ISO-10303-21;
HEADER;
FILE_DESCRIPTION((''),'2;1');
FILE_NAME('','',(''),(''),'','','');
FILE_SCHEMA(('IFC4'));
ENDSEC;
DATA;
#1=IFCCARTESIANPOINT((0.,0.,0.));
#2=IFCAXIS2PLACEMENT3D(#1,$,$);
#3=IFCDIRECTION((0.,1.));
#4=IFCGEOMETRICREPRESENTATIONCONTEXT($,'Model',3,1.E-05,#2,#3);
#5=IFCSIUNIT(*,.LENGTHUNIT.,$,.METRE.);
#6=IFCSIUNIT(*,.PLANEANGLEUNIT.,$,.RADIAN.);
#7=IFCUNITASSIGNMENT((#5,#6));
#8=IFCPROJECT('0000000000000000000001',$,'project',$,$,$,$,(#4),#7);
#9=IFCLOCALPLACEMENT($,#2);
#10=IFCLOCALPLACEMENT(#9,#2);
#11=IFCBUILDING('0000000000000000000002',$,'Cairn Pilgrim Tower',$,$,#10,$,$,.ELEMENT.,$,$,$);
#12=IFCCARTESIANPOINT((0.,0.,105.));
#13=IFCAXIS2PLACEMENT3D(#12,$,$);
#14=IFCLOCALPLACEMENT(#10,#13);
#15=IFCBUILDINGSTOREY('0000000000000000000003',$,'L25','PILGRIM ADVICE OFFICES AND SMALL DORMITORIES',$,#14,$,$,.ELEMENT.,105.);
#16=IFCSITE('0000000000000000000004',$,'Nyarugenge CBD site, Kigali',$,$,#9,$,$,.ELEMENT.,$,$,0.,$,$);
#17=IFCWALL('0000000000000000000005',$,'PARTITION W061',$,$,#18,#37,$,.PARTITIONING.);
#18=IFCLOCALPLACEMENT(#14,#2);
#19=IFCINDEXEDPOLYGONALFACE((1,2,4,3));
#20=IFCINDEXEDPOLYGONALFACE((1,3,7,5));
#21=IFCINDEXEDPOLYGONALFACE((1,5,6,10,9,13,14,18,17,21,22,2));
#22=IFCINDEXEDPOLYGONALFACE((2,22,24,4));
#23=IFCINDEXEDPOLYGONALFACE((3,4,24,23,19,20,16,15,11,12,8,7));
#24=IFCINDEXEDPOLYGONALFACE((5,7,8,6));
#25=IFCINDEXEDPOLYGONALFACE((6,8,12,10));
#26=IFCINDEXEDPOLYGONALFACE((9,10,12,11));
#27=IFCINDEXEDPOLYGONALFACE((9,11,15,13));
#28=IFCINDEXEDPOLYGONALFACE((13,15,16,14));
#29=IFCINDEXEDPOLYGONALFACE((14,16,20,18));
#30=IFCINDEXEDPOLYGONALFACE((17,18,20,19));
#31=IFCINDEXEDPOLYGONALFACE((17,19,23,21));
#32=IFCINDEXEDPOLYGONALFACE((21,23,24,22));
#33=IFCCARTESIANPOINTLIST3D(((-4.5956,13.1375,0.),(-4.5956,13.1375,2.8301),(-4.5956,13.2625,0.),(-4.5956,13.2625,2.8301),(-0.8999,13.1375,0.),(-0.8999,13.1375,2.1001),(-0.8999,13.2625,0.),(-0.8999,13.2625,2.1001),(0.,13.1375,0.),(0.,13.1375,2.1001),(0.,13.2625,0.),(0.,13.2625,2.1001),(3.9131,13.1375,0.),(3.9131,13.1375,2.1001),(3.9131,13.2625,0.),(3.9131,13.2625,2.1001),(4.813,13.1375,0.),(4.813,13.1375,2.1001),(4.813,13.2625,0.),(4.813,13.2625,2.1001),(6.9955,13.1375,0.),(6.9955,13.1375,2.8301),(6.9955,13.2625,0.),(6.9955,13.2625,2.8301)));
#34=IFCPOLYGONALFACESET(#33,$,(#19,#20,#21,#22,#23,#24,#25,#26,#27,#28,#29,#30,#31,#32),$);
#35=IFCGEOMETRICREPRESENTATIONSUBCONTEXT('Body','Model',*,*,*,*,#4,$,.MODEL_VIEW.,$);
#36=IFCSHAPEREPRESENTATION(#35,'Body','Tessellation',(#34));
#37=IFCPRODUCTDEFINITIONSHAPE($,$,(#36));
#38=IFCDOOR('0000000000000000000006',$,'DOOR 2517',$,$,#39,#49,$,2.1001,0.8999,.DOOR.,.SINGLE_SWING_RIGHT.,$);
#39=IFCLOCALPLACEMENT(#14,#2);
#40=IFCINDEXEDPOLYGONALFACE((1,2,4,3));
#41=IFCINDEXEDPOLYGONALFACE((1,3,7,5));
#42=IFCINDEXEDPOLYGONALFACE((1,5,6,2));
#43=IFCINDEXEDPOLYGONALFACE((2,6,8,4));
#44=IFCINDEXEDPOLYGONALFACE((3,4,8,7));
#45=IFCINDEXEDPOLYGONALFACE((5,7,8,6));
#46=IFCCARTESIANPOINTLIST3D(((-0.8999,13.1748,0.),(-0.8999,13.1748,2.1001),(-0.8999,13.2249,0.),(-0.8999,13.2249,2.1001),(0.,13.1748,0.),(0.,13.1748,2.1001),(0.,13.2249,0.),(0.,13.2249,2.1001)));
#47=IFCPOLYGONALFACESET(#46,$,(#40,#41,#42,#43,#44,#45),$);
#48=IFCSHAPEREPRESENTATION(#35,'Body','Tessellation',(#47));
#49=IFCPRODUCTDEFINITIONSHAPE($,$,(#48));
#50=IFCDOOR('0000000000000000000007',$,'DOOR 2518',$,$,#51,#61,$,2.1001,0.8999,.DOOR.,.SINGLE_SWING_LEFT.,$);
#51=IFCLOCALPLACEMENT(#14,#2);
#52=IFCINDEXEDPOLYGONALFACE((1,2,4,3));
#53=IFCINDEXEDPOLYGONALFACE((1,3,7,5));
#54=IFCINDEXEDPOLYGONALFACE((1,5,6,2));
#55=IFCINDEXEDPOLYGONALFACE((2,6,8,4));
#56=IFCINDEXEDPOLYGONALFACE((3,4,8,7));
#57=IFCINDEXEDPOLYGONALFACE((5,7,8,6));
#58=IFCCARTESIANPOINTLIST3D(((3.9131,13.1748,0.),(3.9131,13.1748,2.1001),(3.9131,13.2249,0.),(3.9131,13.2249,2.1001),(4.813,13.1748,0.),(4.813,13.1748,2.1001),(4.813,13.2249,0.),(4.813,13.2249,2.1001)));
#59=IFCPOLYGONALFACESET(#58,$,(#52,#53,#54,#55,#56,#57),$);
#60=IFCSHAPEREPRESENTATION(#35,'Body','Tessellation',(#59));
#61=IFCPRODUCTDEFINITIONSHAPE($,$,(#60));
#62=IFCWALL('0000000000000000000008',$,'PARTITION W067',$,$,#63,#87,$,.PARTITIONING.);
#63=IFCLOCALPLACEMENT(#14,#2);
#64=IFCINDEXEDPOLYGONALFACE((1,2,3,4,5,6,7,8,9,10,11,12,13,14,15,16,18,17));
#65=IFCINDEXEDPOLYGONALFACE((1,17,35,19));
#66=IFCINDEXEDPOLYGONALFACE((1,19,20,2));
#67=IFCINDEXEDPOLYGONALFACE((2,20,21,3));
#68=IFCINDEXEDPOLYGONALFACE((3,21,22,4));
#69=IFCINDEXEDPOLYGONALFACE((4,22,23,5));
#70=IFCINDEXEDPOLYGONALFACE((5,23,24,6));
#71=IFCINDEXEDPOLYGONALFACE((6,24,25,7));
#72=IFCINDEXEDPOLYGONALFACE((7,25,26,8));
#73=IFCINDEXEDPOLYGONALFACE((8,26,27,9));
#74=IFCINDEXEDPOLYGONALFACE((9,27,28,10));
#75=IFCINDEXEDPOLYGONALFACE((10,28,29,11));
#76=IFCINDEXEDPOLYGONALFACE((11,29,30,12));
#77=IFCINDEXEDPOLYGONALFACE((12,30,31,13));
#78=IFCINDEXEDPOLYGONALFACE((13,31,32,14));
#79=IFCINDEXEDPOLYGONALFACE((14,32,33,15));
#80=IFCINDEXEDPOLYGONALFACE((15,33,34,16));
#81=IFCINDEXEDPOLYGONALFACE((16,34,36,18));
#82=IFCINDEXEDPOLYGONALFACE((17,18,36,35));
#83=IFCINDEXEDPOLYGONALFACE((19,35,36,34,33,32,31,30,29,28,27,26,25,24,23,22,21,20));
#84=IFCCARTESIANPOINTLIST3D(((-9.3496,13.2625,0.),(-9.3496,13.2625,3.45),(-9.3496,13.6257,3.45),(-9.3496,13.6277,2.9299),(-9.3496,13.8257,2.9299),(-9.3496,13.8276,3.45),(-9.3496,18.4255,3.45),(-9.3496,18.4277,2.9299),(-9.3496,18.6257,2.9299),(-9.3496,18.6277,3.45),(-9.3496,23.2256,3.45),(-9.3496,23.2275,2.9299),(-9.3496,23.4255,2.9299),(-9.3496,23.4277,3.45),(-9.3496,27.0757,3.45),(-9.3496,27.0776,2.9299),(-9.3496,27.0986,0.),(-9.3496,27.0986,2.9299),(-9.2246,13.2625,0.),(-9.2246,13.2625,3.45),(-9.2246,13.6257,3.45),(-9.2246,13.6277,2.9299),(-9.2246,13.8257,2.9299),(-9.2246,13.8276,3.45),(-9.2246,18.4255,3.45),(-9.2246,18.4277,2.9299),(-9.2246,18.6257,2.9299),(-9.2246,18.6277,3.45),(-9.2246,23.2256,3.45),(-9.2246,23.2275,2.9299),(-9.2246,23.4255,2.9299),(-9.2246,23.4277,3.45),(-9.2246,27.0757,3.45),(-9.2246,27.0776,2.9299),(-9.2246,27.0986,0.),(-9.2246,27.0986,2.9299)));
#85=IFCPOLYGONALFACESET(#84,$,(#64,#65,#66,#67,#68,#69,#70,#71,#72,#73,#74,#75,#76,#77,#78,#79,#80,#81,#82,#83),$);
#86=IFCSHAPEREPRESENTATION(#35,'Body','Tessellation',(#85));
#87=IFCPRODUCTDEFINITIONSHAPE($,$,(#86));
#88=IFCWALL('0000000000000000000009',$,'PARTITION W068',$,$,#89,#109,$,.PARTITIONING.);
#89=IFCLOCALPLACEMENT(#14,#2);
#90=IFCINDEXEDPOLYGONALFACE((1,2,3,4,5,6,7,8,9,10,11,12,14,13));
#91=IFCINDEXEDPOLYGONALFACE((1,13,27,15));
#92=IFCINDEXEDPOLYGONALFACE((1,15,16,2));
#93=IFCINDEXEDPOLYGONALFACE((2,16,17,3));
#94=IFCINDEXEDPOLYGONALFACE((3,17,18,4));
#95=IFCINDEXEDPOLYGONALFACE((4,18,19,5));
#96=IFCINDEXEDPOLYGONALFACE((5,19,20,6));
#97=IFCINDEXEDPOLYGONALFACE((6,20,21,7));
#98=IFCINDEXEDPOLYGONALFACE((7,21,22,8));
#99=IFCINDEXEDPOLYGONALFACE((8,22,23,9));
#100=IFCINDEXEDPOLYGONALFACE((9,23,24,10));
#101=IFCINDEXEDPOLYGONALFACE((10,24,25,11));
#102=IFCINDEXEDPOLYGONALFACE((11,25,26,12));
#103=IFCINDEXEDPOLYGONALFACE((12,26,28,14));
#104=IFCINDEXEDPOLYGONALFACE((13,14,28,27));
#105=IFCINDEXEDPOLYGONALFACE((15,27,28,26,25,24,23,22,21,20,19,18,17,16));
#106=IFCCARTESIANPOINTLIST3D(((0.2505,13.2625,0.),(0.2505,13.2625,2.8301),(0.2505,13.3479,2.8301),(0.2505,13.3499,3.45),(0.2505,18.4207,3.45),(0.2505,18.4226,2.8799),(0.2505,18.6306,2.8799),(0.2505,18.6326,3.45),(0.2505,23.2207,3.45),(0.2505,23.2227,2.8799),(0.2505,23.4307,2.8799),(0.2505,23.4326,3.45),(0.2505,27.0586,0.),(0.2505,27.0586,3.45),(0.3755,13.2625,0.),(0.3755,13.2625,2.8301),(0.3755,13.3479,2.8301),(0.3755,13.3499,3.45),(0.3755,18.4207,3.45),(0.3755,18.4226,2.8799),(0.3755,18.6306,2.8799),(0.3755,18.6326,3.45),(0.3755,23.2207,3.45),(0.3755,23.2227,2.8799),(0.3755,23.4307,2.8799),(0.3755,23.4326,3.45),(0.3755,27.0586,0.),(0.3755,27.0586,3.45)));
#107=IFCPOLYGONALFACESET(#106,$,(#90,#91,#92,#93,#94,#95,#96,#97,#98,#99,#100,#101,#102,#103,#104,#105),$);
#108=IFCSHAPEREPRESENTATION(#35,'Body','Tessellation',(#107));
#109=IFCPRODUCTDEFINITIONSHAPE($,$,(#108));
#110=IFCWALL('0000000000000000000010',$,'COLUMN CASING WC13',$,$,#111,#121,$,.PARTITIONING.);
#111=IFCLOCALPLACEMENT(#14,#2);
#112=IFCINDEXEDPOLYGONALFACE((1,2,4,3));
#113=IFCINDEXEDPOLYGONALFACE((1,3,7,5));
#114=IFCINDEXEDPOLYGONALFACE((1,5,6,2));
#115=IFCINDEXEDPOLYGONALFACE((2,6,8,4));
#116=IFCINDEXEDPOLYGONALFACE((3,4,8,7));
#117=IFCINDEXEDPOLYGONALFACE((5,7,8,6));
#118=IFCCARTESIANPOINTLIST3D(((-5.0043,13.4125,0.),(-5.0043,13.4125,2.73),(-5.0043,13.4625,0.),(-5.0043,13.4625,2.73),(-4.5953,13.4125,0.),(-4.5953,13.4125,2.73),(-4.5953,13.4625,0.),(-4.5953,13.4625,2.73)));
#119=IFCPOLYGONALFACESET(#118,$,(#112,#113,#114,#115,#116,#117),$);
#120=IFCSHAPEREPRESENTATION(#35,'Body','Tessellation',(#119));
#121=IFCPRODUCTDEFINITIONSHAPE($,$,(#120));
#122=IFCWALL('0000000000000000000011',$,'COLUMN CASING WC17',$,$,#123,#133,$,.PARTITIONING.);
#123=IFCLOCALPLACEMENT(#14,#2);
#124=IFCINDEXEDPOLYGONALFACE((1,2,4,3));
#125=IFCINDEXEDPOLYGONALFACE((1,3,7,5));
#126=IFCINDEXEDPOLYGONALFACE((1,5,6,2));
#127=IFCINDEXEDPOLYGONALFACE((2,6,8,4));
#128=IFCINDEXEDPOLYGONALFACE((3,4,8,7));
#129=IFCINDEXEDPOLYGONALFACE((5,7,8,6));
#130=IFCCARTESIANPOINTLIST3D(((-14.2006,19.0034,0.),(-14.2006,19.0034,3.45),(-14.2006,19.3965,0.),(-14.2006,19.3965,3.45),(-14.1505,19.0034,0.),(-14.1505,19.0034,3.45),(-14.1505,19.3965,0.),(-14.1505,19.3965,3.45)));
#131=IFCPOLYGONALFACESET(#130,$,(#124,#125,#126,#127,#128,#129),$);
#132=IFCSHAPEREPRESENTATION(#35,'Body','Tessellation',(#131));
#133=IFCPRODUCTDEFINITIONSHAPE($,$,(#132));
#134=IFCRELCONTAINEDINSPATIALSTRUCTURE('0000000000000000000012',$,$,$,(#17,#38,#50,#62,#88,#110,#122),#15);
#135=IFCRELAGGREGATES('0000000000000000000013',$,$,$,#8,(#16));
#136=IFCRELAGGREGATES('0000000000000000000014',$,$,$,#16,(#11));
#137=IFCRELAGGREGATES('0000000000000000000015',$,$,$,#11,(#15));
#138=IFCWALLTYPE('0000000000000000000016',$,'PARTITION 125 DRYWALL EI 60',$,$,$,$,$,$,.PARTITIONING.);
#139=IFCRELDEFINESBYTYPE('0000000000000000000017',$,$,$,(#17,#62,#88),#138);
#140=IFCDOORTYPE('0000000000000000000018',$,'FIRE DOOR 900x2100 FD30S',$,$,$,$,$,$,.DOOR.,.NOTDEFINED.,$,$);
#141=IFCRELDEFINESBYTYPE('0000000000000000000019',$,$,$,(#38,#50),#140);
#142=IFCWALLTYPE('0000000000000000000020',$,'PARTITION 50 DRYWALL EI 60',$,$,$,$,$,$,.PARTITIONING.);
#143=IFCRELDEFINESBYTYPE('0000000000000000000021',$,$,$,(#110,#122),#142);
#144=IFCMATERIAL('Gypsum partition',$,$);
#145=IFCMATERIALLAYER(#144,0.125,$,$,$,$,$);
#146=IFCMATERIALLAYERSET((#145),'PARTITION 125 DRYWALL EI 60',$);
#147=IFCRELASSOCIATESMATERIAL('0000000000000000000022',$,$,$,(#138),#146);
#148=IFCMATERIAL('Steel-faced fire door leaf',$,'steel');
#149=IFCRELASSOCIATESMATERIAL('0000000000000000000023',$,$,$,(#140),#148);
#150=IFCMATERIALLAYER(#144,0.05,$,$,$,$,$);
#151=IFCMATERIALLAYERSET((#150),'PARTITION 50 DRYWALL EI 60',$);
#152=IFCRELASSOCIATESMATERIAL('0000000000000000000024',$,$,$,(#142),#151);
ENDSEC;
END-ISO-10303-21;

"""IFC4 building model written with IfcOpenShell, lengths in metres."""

from ifc_helpers import new_model, si_unit, direction, frame, frame_2d, origin, place, context, subcontext, project, spatial, polyline, rectangle, outline, extrude, material, layer, layer_set, type_object, element, fill, save


model = new_model("IFC4")

# Units and contexts
model_context = context("Model", 3, precision=1e-05, world=origin(), true_north=direction((0.0, 1.0)))
body_context = subcontext(model_context, "Body", "Model", "MODEL_VIEW")
ifc_project = project(units=[si_unit("LENGTHUNIT", "METRE"), si_unit("PLANEANGLEUNIT", "RADIAN")], contexts=[model_context])

# Site, building, storey
site_placement = place(None, origin())
site = spatial("IfcSite", under=ifc_project, at=site_placement, Name="Nyarugenge CBD site, Kigali", CompositionType="ELEMENT", RefElevation=0.0)
building_placement = place(site_placement, origin())
building = spatial("IfcBuilding", under=site, at=building_placement, Name="Cairn Pilgrim Tower", CompositionType="ELEMENT")
storey_placement = place(building_placement, frame((0.0, 0.0, 105.0)))
storey = spatial("IfcBuildingStorey", under=building, at=storey_placement, Name="L25", Description="PILGRIM ADVICE OFFICES AND SMALL DORMITORIES", CompositionType="ELEMENT", Elevation=105.0)

# Wall, openings, doors
ifc_material_1 = material(Name="Gypsum partition")
ifc_layer_1 = layer(ifc_material_1, 0.125)
ifc_layer_set_1 = layer_set([ifc_layer_1], Name="PARTITION 125 DRYWALL EI 60")
wall_type_1 = type_object("IfcWallType", Name="PARTITION 125 DRYWALL EI 60", PredefinedType="PARTITIONING", material=ifc_layer_set_1)
wall_1_placement = place(storey_placement, frame((-4.5955, 13.2, 0.0), z_axis=(0.0, 0.0, 1.0), x_axis=(1.0, 0.0, 0.0)))
wall_1 = element("IfcWall", 1, at=wall_1_placement, inside=storey, type_object=wall_type_1, Name="PARTITION W061", PredefinedType="PARTITIONING", context=body_context, shape_type="SweptSolid", body=[
    extrude(rectangle(XDim=11.5911, YDim=0.125, at=frame_2d((5.7954, 0.0))), origin(), (0.0, 0.0, 1.0), 2.8301),
])
opening_1_placement = place(wall_1_placement, frame((3.6956, 0.0, 0.0)))
opening_1 = element("IfcOpeningElement", 2, at=opening_1_placement, cuts=wall_1, PredefinedType="OPENING", context=body_context, shape_type="SweptSolid", body=[
    extrude(rectangle(XDim=0.8999, YDim=2.1001, at=frame_2d((0.45, 1.05))), frame((0.0, 0.0725, 0.0), z_axis=(0.0, -1.0, 0.0), x_axis=(1.0, 0.0, 0.0)), (0.0, 0.0, 1.0), 0.145),
])
opening_2_placement = place(wall_1_placement, frame((8.5085, 0.0, 0.0)))
opening_2 = element("IfcOpeningElement", 3, at=opening_2_placement, cuts=wall_1, PredefinedType="OPENING", context=body_context, shape_type="SweptSolid", body=[
    extrude(rectangle(XDim=0.8999, YDim=2.1001, at=frame_2d((0.45, 1.05))), frame((0.0, 0.0725, 0.0), z_axis=(0.0, -1.0, 0.0), x_axis=(1.0, 0.0, 0.0)), (0.0, 0.0, 1.0), 0.145),
])
ifc_material_2 = material(Name="Steel-faced fire door leaf", Category="steel")
door_type = type_object("IfcDoorType", Name="FIRE DOOR 900x2100 FD30S", OperationType="NOTDEFINED", PredefinedType="DOOR", material=ifc_material_2)
door_1_placement = place(opening_1_placement, origin())
door_1 = element("IfcDoor", 4, at=door_1_placement, inside=storey, type_object=door_type, Name="DOOR 2517", OperationType="SINGLE_SWING_RIGHT", OverallHeight=2.1001, OverallWidth=0.8999, PredefinedType="DOOR", context=body_context, shape_type="SweptSolid", body=[
    extrude(rectangle(XDim=0.8999, YDim=2.1001, at=frame_2d((0.45, 1.05))), frame((0.0, 0.0249, 0.0), z_axis=(0.0, -1.0, 0.0), x_axis=(1.0, 0.0, 0.0)), (0.0, 0.0, 1.0), 0.05),
])
fill(opening_1, door_1)
door_2_placement = place(opening_2_placement, origin())
door_2 = element("IfcDoor", 5, at=door_2_placement, inside=storey, type_object=door_type, Name="DOOR 2518", OperationType="SINGLE_SWING_LEFT", OverallHeight=2.1001, OverallWidth=0.8999, PredefinedType="DOOR", context=body_context, shape_type="SweptSolid", body=[
    extrude(rectangle(XDim=0.8999, YDim=2.1001, at=frame_2d((0.45, 1.05))), frame((0.0, 0.0249, 0.0), z_axis=(0.0, -1.0, 0.0), x_axis=(1.0, 0.0, 0.0)), (0.0, 0.0, 1.0), 0.05),
])
fill(opening_2, door_2)

# Walls
wall_2_placement = place(storey_placement, frame((-9.2871, 13.2625, 0.0), z_axis=(0.0, 0.0, 1.0), x_axis=(0.0, 1.0, 0.0)))
element("IfcWall", 6, at=wall_2_placement, inside=storey, type_object=wall_type_1, Name="PARTITION W067", PredefinedType="PARTITIONING", context=body_context, shape_type="SweptSolid", body=[
    extrude(outline(polyline([(0.0, 0.0), (13.8362, 0.0), (13.8362, 2.9299), (13.8152, 2.9299), (13.8132, 3.45), (10.1653, 3.45), (10.1631, 2.9299), (9.9651, 2.9299), (9.9631, 3.45), (5.3652, 3.45), (5.3633, 2.9299), (5.1653, 2.9299), (5.1631, 3.45), (0.5652, 3.45), (0.5632, 2.9299), (0.3652, 2.9299), (0.3633, 3.45), (0.0, 3.45), (0.0, 0.0)])), frame((0.0, 0.0625, 0.0), z_axis=(0.0, -1.0, 0.0), x_axis=(1.0, 0.0, 0.0)), (0.0, 0.0, 1.0), 0.125),
])
wall_3_placement = place(storey_placement, frame((0.313, 13.2625, 0.0), z_axis=(0.0, 0.0, 1.0), x_axis=(0.0, 1.0, 0.0)))
element("IfcWall", 7, at=wall_3_placement, inside=storey, type_object=wall_type_1, Name="PARTITION W068", PredefinedType="PARTITIONING", context=body_context, shape_type="SweptSolid", body=[
    extrude(outline(polyline([(0.0, 0.0), (13.7961, 0.0), (13.7961, 3.45), (10.1702, 3.45), (10.1682, 2.8799), (9.9602, 2.8799), (9.9583, 3.45), (5.3701, 3.45), (5.3682, 2.8799), (5.1602, 2.8799), (5.1582, 3.45), (0.0874, 3.45), (0.0854, 2.8301), (0.0, 2.8301), (0.0, 0.0)])), frame((0.0, 0.0625, 0.0), z_axis=(0.0, -1.0, 0.0), x_axis=(1.0, 0.0, 0.0)), (0.0, 0.0, 1.0), 0.125),
])
ifc_layer_2 = layer(ifc_material_1, 0.05)
ifc_layer_set_2 = layer_set([ifc_layer_2], Name="PARTITION 50 DRYWALL EI 60")
wall_type_2 = type_object("IfcWallType", Name="PARTITION 50 DRYWALL EI 60", PredefinedType="PARTITIONING", material=ifc_layer_set_2)
wall_4_placement = place(storey_placement, frame((-5.0044, 13.4375, 0.0), z_axis=(0.0, 0.0, 1.0), x_axis=(1.0, 0.0, 0.0)))
element("IfcWall", 8, at=wall_4_placement, inside=storey, type_object=wall_type_2, Name="COLUMN CASING WC13", PredefinedType="PARTITIONING", context=body_context, shape_type="SweptSolid", body=[
    extrude(rectangle(XDim=0.4089, YDim=0.05, at=frame_2d((0.2046, 0.0))), origin(), (0.0, 0.0, 1.0), 2.73),
])
wall_5_placement = place(storey_placement, frame((-14.1755, 19.0034, 0.0), z_axis=(0.0, 0.0, 1.0), x_axis=(0.0, 1.0, 0.0)))
element("IfcWall", 9, at=wall_5_placement, inside=storey, type_object=wall_type_2, Name="COLUMN CASING WC17", PredefinedType="PARTITIONING", context=body_context, shape_type="SweptSolid", body=[
    extrude(rectangle(XDim=0.3931, YDim=0.05, at=frame_2d((0.1965, 0.0))), origin(), (0.0, 0.0, 1.0), 3.45),
])

save(model, "model.ifc")
